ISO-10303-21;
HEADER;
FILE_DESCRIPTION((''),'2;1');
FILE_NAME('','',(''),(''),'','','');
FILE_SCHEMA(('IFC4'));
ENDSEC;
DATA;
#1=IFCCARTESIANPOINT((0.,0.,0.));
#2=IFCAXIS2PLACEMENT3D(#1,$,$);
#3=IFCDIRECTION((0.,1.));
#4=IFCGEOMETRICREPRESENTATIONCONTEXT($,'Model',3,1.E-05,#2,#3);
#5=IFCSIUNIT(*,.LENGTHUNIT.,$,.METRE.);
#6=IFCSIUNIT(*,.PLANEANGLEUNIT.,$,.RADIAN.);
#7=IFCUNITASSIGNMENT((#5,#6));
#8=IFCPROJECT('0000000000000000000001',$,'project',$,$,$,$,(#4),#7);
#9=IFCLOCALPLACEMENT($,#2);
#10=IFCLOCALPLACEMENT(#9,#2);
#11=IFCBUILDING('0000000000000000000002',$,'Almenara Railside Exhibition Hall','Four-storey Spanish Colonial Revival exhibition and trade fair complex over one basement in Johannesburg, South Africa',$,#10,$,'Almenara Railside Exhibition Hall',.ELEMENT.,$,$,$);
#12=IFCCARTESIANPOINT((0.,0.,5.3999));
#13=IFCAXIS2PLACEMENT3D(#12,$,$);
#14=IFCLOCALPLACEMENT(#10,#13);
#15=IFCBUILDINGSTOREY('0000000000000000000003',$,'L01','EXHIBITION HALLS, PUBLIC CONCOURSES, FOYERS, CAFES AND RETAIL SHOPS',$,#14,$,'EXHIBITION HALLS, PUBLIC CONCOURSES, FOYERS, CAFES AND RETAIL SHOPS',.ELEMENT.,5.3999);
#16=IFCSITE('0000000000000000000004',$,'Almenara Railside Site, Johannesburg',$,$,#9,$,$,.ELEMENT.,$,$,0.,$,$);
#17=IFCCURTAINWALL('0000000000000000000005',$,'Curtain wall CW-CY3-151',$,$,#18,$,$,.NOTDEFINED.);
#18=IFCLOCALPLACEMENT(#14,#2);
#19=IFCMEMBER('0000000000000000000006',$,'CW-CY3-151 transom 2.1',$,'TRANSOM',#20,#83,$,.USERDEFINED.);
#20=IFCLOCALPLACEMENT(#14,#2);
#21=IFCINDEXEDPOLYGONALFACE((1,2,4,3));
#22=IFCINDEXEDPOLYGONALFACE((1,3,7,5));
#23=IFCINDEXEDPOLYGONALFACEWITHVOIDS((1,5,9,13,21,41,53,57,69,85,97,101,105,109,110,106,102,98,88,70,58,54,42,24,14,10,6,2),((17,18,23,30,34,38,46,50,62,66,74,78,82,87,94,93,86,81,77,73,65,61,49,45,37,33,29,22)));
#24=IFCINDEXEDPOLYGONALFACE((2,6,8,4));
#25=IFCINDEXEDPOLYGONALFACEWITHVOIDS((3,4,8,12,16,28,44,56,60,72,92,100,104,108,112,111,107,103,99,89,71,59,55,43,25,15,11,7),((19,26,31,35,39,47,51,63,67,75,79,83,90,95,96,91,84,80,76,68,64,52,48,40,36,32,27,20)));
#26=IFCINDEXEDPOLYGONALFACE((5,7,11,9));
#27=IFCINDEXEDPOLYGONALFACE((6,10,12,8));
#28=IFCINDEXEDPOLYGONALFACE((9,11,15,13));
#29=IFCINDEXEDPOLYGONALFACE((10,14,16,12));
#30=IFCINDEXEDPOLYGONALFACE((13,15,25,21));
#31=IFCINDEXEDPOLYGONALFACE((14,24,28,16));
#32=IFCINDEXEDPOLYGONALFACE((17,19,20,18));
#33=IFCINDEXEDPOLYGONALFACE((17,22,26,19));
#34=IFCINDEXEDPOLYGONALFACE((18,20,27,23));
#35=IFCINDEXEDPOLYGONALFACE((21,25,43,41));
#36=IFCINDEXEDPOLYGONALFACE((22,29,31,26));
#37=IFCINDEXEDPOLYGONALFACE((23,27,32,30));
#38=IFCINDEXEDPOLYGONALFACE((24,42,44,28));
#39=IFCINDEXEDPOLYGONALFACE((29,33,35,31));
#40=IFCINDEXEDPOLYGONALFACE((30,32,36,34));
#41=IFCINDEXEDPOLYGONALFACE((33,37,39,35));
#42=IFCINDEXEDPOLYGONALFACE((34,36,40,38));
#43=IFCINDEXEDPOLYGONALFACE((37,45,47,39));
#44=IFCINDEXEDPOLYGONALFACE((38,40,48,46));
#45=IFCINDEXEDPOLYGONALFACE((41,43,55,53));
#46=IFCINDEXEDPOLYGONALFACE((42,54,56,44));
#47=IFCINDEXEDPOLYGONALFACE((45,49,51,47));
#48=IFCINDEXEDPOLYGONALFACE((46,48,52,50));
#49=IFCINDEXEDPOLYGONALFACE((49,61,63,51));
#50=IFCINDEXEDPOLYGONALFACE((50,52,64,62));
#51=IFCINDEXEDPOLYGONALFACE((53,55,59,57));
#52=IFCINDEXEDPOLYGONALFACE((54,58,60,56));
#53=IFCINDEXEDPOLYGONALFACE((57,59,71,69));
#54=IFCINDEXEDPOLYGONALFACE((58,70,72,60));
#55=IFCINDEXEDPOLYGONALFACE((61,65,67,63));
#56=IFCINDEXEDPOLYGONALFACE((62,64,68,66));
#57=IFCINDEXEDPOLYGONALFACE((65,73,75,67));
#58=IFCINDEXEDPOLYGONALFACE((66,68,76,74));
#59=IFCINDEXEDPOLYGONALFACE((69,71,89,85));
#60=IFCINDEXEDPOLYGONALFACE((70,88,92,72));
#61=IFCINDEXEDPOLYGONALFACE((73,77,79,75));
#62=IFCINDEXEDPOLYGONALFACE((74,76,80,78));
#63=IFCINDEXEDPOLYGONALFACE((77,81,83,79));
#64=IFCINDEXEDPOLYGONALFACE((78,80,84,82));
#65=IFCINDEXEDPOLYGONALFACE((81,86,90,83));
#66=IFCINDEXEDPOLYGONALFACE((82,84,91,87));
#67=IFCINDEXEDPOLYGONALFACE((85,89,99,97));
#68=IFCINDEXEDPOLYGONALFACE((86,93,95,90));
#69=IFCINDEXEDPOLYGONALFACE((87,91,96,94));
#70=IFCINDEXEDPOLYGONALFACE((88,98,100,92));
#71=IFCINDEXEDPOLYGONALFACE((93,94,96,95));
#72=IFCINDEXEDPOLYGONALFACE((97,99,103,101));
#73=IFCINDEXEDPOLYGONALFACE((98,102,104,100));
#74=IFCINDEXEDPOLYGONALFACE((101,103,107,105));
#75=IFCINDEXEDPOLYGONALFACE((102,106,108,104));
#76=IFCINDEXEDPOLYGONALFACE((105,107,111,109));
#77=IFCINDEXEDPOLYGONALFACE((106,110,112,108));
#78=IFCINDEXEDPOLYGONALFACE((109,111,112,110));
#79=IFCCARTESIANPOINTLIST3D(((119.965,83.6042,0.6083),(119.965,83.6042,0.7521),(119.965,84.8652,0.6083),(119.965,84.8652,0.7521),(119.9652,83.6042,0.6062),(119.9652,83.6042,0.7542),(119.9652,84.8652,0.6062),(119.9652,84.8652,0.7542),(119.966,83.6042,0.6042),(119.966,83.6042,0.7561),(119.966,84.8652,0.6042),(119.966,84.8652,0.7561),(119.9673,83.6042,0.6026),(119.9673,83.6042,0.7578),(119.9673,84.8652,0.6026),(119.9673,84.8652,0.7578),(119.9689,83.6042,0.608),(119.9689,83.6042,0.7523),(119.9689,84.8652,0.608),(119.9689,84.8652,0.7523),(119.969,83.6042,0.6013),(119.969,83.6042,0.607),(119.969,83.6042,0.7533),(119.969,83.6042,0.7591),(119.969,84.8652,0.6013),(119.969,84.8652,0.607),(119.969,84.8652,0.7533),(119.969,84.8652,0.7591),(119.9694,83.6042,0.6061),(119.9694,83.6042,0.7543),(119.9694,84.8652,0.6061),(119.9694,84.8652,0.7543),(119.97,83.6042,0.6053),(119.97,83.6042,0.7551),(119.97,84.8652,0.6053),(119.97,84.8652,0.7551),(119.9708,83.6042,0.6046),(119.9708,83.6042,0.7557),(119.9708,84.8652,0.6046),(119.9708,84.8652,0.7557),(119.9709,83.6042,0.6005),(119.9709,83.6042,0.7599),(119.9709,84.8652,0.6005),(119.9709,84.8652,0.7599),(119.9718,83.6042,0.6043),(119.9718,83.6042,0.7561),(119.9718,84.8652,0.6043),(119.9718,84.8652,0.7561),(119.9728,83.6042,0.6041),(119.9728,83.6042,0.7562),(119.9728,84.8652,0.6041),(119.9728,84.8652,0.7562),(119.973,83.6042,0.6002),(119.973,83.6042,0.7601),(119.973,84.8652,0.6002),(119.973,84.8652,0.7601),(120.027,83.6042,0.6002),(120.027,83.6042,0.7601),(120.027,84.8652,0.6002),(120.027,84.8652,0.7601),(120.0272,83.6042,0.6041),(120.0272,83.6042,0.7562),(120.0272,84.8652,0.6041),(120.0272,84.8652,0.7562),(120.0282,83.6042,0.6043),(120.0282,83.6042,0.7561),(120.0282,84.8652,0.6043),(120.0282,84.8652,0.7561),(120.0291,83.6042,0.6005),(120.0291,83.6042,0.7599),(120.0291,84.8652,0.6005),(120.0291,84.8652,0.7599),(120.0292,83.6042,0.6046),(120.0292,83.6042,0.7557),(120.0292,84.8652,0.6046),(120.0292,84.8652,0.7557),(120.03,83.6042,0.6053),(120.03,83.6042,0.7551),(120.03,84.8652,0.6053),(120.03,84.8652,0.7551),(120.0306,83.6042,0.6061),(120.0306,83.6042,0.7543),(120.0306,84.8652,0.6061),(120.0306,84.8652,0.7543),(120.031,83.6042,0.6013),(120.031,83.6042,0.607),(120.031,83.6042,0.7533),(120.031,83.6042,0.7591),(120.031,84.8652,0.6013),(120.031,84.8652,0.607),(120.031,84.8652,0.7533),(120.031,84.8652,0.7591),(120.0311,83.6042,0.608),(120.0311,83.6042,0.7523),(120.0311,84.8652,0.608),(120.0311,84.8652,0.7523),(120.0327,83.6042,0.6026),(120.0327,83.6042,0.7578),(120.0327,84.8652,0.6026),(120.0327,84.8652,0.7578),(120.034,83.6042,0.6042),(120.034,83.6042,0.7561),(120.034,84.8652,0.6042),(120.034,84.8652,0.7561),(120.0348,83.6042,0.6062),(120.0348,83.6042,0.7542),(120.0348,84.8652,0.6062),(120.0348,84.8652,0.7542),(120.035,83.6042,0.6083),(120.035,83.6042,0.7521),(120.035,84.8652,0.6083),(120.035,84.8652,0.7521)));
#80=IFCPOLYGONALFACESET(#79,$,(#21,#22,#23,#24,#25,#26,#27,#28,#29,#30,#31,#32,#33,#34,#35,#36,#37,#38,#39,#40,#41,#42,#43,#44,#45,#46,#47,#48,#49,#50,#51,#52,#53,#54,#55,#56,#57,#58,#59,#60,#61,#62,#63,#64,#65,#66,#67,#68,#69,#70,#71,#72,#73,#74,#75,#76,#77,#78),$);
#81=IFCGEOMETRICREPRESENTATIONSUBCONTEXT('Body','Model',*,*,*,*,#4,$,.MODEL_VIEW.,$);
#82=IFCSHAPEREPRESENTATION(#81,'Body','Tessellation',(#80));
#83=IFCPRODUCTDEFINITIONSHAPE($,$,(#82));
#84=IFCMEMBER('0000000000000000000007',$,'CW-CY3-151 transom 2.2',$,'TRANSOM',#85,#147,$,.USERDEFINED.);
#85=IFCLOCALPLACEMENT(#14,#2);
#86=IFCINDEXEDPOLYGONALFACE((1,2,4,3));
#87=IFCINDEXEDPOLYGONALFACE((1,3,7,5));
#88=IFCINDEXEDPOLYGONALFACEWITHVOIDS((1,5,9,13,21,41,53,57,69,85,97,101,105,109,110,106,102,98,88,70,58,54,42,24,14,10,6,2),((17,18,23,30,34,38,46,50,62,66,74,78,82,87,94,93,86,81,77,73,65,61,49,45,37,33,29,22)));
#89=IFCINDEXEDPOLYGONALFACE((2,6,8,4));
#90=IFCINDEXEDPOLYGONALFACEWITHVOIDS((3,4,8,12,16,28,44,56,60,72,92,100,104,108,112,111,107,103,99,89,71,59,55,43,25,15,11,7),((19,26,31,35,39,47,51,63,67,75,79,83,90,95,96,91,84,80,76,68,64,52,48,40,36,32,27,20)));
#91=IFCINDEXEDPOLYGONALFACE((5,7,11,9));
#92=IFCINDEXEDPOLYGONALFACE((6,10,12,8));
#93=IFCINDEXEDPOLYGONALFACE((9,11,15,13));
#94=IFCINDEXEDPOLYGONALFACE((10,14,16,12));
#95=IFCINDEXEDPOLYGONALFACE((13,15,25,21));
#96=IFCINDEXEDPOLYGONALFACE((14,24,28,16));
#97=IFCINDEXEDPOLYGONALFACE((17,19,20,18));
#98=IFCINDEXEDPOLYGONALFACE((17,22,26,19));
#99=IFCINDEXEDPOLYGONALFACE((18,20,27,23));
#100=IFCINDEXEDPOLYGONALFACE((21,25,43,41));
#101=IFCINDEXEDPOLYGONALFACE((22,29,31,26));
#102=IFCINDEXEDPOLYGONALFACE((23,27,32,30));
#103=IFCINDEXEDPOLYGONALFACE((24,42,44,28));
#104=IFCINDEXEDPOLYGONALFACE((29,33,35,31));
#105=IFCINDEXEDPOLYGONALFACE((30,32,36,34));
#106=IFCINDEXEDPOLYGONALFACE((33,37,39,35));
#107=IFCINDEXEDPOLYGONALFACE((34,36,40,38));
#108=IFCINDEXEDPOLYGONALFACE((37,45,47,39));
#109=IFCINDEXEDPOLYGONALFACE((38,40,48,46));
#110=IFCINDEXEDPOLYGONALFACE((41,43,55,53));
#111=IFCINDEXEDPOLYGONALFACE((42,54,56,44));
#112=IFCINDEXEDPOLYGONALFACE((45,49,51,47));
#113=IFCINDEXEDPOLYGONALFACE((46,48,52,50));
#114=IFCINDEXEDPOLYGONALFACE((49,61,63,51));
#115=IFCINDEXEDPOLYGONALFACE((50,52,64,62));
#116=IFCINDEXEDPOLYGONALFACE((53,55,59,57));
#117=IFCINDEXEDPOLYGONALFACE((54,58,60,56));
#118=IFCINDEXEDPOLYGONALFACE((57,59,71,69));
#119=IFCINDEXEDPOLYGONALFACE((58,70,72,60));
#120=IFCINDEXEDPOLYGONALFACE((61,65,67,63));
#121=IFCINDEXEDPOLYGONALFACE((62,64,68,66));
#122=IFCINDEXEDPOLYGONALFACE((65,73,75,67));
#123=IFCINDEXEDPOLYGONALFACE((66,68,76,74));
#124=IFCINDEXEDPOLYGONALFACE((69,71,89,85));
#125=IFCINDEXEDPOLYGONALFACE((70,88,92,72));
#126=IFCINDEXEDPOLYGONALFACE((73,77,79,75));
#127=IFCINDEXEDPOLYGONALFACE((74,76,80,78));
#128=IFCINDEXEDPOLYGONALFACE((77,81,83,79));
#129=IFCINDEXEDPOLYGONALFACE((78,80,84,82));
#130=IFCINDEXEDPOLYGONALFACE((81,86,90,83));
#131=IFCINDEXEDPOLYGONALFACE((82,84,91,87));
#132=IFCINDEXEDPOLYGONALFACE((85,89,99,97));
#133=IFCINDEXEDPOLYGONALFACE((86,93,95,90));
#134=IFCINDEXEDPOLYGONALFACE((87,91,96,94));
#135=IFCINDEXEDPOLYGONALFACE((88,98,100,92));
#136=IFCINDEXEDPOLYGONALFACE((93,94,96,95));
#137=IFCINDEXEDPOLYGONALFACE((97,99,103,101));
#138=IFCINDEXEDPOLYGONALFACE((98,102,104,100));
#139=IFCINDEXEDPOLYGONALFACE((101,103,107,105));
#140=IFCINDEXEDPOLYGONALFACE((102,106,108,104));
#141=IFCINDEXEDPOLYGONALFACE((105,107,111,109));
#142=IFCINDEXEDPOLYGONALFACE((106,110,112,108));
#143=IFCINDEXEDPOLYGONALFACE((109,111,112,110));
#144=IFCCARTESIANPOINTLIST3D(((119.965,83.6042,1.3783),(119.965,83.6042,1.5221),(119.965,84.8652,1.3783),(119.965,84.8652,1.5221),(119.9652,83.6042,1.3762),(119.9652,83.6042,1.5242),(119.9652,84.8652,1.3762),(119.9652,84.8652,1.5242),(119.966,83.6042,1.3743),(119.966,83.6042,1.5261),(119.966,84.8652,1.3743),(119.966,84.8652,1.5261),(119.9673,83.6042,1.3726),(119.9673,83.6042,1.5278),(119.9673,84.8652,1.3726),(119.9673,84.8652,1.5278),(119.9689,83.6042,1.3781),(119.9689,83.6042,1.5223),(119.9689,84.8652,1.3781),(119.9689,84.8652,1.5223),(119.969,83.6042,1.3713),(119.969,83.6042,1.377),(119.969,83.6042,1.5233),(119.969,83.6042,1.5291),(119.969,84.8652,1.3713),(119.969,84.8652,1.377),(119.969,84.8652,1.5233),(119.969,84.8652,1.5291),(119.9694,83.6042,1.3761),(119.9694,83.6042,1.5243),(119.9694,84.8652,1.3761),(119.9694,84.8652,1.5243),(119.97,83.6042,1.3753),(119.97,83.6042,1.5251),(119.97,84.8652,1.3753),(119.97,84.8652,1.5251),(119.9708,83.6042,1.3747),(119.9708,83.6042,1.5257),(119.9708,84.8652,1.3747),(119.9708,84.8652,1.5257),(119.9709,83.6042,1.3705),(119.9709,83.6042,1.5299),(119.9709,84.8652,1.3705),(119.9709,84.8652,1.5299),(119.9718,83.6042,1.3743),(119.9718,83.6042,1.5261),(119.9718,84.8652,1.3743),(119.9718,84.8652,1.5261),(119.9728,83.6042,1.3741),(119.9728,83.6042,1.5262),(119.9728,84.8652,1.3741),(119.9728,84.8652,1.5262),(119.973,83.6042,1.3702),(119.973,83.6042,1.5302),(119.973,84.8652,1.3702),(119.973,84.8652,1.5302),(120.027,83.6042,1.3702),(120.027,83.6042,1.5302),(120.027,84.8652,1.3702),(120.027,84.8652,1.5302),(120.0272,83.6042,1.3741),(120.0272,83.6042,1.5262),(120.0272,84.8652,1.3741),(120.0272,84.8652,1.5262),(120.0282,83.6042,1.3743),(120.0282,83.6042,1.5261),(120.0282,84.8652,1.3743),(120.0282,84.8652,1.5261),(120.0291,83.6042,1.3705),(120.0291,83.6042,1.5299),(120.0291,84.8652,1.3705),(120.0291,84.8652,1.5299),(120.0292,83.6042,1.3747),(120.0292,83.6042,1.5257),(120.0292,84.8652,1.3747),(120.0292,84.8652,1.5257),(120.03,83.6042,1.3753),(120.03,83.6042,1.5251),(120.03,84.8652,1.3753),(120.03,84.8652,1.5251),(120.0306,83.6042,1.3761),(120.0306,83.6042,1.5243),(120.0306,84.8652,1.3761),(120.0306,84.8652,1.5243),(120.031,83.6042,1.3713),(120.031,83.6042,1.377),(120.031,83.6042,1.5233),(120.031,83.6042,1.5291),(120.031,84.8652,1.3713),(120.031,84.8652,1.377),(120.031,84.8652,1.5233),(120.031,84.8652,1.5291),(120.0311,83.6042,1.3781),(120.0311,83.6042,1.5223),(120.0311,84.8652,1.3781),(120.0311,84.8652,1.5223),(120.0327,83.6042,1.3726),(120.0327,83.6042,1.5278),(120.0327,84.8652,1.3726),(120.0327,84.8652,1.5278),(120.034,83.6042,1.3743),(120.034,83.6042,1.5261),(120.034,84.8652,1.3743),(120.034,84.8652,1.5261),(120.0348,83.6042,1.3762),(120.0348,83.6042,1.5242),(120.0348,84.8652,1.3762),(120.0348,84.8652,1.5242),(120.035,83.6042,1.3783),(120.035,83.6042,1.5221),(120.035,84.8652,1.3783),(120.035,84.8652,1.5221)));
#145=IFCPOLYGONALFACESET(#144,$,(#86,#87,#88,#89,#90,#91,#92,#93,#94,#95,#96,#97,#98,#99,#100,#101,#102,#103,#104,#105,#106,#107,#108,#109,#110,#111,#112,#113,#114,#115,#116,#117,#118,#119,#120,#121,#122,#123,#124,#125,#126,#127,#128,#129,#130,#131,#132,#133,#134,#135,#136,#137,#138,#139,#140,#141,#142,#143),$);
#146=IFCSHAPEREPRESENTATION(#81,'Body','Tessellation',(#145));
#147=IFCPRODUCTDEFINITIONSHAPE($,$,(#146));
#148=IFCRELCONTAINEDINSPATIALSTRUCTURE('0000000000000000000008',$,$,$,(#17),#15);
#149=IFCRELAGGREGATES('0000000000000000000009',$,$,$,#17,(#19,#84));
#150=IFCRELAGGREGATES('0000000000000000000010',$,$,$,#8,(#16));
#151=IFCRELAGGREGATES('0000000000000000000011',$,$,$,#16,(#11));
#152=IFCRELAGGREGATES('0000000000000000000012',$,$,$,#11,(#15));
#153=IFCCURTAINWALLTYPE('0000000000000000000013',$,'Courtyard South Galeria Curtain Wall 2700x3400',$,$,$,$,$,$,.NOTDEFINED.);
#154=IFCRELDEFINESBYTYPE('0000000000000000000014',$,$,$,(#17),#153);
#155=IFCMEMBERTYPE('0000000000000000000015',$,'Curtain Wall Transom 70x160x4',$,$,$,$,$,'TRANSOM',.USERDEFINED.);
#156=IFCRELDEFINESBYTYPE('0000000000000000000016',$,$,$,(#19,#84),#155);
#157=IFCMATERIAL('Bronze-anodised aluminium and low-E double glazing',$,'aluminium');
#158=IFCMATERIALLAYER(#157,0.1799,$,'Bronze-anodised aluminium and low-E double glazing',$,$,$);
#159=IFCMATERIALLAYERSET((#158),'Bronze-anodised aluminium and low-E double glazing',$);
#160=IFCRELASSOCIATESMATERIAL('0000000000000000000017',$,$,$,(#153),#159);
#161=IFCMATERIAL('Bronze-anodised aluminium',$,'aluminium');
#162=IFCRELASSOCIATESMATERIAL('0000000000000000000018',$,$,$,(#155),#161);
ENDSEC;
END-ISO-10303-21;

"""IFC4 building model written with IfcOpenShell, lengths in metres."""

from ifc_helpers import new_model, si_unit, direction, frame, origin, origin_2d, place, context, subcontext, project, spatial, hollow_rectangle, extrude, material, layer, layer_set, material_profile, profile_set, type_object, element, aggregate, save


model = new_model("IFC4")

# Units and contexts
model_context = context("Model", 3, precision=1e-05, world=origin(), true_north=direction((0.0, 1.0)))
body_context = subcontext(model_context, "Body", "Model", "MODEL_VIEW")
ifc_project = project(units=[si_unit("LENGTHUNIT", "METRE"), si_unit("PLANEANGLEUNIT", "RADIAN")], contexts=[model_context])

# Site, building, storey
site_placement = place(None, origin())
site = spatial("IfcSite", under=ifc_project, at=site_placement, Name="Almenara Railside Site, Johannesburg", CompositionType="ELEMENT", RefElevation=0.0)
building_placement = place(site_placement, origin())
building = spatial("IfcBuilding", under=site, at=building_placement, Name="Almenara Railside Exhibition Hall", Description="Four-storey Spanish Colonial Revival exhibition and trade fair complex over one basement in Johannesburg, South Africa", LongName="Almenara Railside Exhibition Hall", CompositionType="ELEMENT")
storey_placement = place(building_placement, frame((0.0, 0.0, 5.3999)))
storey = spatial("IfcBuildingStorey", under=building, at=storey_placement, Name="L01", Description="EXHIBITION HALLS, PUBLIC CONCOURSES, FOYERS, CAFES AND RETAIL SHOPS", LongName="EXHIBITION HALLS, PUBLIC CONCOURSES, FOYERS, CAFES AND RETAIL SHOPS", CompositionType="ELEMENT", Elevation=5.3999)

# Shared definitions
ifc_material_1 = material(Name="Bronze-anodised aluminium and low-E double glazing", Category="aluminium")
ifc_material_2 = material(Name="Bronze-anodised aluminium", Category="aluminium")

# Curtain wall
ifc_layer_1 = layer(ifc_material_1, 0.1799, Name="Bronze-anodised aluminium and low-E double glazing")
ifc_layer_set_1 = layer_set([ifc_layer_1], Name="Bronze-anodised aluminium and low-E double glazing")
curtain_wall_type_1 = type_object("IfcCurtainWallType", Name="Courtyard South Galeria Curtain Wall 2700x3400", PredefinedType="NOTDEFINED", material=ifc_layer_set_1)
curtain_wall_1_placement = place(storey_placement, origin())
curtain_wall_1 = element("IfcCurtainWall", 1, at=curtain_wall_1_placement, inside=storey, type_object=curtain_wall_type_1, Name="Curtain wall CW-CY3-151", PredefinedType="NOTDEFINED")

# Members
ifc_material_profile_1 = material_profile(ifc_material_2, hollow_rectangle(XDim=0.0701, YDim=0.1599, WallThickness=0.0039, InnerFilletRadius=0.0039, OuterFilletRadius=0.0081, at=origin_2d()), Name="ALU-TRN 70x160x4")
ifc_profile_set_1 = profile_set([ifc_material_profile_1], Name="Bronze-anodised aluminium")
member_type_1 = type_object("IfcMemberType", Name="Curtain Wall Transom 70x160x4", ElementType="TRANSOM", PredefinedType="USERDEFINED", material=ifc_profile_set_1)
member_1_placement = place(storey_placement, frame((120.0, 83.6042, 0.6802), z_axis=(0.0, 1.0, 0.0), x_axis=(-1.0, 0.0, 0.0)))
member_1 = element("IfcMember", 2, at=member_1_placement, type_object=member_type_1, Name="CW-CY3-151 transom 2.1", ObjectType="TRANSOM", PredefinedType="USERDEFINED", context=body_context, shape_type="SweptSolid", body=[
    extrude(hollow_rectangle(XDim=0.0701, YDim=0.1599, WallThickness=0.0039, InnerFilletRadius=0.0039, OuterFilletRadius=0.0081, at=origin_2d()), origin(), (0.0, 0.0, 1.0), 1.261),
])
member_2_placement = place(storey_placement, frame((120.0, 83.6042, 1.4502), z_axis=(0.0, 1.0, 0.0), x_axis=(-1.0, 0.0, 0.0)))
member_2 = element("IfcMember", 3, at=member_2_placement, type_object=member_type_1, Name="CW-CY3-151 transom 2.2", ObjectType="TRANSOM", PredefinedType="USERDEFINED", context=body_context, shape_type="SweptSolid", body=[
    extrude(hollow_rectangle(XDim=0.0701, YDim=0.1599, WallThickness=0.0039, InnerFilletRadius=0.0039, OuterFilletRadius=0.0081, at=origin_2d()), origin(), (0.0, 0.0, 1.0), 1.261),
])

aggregate(curtain_wall_1, [member_1, member_2])

save(model, "model.ifc")
